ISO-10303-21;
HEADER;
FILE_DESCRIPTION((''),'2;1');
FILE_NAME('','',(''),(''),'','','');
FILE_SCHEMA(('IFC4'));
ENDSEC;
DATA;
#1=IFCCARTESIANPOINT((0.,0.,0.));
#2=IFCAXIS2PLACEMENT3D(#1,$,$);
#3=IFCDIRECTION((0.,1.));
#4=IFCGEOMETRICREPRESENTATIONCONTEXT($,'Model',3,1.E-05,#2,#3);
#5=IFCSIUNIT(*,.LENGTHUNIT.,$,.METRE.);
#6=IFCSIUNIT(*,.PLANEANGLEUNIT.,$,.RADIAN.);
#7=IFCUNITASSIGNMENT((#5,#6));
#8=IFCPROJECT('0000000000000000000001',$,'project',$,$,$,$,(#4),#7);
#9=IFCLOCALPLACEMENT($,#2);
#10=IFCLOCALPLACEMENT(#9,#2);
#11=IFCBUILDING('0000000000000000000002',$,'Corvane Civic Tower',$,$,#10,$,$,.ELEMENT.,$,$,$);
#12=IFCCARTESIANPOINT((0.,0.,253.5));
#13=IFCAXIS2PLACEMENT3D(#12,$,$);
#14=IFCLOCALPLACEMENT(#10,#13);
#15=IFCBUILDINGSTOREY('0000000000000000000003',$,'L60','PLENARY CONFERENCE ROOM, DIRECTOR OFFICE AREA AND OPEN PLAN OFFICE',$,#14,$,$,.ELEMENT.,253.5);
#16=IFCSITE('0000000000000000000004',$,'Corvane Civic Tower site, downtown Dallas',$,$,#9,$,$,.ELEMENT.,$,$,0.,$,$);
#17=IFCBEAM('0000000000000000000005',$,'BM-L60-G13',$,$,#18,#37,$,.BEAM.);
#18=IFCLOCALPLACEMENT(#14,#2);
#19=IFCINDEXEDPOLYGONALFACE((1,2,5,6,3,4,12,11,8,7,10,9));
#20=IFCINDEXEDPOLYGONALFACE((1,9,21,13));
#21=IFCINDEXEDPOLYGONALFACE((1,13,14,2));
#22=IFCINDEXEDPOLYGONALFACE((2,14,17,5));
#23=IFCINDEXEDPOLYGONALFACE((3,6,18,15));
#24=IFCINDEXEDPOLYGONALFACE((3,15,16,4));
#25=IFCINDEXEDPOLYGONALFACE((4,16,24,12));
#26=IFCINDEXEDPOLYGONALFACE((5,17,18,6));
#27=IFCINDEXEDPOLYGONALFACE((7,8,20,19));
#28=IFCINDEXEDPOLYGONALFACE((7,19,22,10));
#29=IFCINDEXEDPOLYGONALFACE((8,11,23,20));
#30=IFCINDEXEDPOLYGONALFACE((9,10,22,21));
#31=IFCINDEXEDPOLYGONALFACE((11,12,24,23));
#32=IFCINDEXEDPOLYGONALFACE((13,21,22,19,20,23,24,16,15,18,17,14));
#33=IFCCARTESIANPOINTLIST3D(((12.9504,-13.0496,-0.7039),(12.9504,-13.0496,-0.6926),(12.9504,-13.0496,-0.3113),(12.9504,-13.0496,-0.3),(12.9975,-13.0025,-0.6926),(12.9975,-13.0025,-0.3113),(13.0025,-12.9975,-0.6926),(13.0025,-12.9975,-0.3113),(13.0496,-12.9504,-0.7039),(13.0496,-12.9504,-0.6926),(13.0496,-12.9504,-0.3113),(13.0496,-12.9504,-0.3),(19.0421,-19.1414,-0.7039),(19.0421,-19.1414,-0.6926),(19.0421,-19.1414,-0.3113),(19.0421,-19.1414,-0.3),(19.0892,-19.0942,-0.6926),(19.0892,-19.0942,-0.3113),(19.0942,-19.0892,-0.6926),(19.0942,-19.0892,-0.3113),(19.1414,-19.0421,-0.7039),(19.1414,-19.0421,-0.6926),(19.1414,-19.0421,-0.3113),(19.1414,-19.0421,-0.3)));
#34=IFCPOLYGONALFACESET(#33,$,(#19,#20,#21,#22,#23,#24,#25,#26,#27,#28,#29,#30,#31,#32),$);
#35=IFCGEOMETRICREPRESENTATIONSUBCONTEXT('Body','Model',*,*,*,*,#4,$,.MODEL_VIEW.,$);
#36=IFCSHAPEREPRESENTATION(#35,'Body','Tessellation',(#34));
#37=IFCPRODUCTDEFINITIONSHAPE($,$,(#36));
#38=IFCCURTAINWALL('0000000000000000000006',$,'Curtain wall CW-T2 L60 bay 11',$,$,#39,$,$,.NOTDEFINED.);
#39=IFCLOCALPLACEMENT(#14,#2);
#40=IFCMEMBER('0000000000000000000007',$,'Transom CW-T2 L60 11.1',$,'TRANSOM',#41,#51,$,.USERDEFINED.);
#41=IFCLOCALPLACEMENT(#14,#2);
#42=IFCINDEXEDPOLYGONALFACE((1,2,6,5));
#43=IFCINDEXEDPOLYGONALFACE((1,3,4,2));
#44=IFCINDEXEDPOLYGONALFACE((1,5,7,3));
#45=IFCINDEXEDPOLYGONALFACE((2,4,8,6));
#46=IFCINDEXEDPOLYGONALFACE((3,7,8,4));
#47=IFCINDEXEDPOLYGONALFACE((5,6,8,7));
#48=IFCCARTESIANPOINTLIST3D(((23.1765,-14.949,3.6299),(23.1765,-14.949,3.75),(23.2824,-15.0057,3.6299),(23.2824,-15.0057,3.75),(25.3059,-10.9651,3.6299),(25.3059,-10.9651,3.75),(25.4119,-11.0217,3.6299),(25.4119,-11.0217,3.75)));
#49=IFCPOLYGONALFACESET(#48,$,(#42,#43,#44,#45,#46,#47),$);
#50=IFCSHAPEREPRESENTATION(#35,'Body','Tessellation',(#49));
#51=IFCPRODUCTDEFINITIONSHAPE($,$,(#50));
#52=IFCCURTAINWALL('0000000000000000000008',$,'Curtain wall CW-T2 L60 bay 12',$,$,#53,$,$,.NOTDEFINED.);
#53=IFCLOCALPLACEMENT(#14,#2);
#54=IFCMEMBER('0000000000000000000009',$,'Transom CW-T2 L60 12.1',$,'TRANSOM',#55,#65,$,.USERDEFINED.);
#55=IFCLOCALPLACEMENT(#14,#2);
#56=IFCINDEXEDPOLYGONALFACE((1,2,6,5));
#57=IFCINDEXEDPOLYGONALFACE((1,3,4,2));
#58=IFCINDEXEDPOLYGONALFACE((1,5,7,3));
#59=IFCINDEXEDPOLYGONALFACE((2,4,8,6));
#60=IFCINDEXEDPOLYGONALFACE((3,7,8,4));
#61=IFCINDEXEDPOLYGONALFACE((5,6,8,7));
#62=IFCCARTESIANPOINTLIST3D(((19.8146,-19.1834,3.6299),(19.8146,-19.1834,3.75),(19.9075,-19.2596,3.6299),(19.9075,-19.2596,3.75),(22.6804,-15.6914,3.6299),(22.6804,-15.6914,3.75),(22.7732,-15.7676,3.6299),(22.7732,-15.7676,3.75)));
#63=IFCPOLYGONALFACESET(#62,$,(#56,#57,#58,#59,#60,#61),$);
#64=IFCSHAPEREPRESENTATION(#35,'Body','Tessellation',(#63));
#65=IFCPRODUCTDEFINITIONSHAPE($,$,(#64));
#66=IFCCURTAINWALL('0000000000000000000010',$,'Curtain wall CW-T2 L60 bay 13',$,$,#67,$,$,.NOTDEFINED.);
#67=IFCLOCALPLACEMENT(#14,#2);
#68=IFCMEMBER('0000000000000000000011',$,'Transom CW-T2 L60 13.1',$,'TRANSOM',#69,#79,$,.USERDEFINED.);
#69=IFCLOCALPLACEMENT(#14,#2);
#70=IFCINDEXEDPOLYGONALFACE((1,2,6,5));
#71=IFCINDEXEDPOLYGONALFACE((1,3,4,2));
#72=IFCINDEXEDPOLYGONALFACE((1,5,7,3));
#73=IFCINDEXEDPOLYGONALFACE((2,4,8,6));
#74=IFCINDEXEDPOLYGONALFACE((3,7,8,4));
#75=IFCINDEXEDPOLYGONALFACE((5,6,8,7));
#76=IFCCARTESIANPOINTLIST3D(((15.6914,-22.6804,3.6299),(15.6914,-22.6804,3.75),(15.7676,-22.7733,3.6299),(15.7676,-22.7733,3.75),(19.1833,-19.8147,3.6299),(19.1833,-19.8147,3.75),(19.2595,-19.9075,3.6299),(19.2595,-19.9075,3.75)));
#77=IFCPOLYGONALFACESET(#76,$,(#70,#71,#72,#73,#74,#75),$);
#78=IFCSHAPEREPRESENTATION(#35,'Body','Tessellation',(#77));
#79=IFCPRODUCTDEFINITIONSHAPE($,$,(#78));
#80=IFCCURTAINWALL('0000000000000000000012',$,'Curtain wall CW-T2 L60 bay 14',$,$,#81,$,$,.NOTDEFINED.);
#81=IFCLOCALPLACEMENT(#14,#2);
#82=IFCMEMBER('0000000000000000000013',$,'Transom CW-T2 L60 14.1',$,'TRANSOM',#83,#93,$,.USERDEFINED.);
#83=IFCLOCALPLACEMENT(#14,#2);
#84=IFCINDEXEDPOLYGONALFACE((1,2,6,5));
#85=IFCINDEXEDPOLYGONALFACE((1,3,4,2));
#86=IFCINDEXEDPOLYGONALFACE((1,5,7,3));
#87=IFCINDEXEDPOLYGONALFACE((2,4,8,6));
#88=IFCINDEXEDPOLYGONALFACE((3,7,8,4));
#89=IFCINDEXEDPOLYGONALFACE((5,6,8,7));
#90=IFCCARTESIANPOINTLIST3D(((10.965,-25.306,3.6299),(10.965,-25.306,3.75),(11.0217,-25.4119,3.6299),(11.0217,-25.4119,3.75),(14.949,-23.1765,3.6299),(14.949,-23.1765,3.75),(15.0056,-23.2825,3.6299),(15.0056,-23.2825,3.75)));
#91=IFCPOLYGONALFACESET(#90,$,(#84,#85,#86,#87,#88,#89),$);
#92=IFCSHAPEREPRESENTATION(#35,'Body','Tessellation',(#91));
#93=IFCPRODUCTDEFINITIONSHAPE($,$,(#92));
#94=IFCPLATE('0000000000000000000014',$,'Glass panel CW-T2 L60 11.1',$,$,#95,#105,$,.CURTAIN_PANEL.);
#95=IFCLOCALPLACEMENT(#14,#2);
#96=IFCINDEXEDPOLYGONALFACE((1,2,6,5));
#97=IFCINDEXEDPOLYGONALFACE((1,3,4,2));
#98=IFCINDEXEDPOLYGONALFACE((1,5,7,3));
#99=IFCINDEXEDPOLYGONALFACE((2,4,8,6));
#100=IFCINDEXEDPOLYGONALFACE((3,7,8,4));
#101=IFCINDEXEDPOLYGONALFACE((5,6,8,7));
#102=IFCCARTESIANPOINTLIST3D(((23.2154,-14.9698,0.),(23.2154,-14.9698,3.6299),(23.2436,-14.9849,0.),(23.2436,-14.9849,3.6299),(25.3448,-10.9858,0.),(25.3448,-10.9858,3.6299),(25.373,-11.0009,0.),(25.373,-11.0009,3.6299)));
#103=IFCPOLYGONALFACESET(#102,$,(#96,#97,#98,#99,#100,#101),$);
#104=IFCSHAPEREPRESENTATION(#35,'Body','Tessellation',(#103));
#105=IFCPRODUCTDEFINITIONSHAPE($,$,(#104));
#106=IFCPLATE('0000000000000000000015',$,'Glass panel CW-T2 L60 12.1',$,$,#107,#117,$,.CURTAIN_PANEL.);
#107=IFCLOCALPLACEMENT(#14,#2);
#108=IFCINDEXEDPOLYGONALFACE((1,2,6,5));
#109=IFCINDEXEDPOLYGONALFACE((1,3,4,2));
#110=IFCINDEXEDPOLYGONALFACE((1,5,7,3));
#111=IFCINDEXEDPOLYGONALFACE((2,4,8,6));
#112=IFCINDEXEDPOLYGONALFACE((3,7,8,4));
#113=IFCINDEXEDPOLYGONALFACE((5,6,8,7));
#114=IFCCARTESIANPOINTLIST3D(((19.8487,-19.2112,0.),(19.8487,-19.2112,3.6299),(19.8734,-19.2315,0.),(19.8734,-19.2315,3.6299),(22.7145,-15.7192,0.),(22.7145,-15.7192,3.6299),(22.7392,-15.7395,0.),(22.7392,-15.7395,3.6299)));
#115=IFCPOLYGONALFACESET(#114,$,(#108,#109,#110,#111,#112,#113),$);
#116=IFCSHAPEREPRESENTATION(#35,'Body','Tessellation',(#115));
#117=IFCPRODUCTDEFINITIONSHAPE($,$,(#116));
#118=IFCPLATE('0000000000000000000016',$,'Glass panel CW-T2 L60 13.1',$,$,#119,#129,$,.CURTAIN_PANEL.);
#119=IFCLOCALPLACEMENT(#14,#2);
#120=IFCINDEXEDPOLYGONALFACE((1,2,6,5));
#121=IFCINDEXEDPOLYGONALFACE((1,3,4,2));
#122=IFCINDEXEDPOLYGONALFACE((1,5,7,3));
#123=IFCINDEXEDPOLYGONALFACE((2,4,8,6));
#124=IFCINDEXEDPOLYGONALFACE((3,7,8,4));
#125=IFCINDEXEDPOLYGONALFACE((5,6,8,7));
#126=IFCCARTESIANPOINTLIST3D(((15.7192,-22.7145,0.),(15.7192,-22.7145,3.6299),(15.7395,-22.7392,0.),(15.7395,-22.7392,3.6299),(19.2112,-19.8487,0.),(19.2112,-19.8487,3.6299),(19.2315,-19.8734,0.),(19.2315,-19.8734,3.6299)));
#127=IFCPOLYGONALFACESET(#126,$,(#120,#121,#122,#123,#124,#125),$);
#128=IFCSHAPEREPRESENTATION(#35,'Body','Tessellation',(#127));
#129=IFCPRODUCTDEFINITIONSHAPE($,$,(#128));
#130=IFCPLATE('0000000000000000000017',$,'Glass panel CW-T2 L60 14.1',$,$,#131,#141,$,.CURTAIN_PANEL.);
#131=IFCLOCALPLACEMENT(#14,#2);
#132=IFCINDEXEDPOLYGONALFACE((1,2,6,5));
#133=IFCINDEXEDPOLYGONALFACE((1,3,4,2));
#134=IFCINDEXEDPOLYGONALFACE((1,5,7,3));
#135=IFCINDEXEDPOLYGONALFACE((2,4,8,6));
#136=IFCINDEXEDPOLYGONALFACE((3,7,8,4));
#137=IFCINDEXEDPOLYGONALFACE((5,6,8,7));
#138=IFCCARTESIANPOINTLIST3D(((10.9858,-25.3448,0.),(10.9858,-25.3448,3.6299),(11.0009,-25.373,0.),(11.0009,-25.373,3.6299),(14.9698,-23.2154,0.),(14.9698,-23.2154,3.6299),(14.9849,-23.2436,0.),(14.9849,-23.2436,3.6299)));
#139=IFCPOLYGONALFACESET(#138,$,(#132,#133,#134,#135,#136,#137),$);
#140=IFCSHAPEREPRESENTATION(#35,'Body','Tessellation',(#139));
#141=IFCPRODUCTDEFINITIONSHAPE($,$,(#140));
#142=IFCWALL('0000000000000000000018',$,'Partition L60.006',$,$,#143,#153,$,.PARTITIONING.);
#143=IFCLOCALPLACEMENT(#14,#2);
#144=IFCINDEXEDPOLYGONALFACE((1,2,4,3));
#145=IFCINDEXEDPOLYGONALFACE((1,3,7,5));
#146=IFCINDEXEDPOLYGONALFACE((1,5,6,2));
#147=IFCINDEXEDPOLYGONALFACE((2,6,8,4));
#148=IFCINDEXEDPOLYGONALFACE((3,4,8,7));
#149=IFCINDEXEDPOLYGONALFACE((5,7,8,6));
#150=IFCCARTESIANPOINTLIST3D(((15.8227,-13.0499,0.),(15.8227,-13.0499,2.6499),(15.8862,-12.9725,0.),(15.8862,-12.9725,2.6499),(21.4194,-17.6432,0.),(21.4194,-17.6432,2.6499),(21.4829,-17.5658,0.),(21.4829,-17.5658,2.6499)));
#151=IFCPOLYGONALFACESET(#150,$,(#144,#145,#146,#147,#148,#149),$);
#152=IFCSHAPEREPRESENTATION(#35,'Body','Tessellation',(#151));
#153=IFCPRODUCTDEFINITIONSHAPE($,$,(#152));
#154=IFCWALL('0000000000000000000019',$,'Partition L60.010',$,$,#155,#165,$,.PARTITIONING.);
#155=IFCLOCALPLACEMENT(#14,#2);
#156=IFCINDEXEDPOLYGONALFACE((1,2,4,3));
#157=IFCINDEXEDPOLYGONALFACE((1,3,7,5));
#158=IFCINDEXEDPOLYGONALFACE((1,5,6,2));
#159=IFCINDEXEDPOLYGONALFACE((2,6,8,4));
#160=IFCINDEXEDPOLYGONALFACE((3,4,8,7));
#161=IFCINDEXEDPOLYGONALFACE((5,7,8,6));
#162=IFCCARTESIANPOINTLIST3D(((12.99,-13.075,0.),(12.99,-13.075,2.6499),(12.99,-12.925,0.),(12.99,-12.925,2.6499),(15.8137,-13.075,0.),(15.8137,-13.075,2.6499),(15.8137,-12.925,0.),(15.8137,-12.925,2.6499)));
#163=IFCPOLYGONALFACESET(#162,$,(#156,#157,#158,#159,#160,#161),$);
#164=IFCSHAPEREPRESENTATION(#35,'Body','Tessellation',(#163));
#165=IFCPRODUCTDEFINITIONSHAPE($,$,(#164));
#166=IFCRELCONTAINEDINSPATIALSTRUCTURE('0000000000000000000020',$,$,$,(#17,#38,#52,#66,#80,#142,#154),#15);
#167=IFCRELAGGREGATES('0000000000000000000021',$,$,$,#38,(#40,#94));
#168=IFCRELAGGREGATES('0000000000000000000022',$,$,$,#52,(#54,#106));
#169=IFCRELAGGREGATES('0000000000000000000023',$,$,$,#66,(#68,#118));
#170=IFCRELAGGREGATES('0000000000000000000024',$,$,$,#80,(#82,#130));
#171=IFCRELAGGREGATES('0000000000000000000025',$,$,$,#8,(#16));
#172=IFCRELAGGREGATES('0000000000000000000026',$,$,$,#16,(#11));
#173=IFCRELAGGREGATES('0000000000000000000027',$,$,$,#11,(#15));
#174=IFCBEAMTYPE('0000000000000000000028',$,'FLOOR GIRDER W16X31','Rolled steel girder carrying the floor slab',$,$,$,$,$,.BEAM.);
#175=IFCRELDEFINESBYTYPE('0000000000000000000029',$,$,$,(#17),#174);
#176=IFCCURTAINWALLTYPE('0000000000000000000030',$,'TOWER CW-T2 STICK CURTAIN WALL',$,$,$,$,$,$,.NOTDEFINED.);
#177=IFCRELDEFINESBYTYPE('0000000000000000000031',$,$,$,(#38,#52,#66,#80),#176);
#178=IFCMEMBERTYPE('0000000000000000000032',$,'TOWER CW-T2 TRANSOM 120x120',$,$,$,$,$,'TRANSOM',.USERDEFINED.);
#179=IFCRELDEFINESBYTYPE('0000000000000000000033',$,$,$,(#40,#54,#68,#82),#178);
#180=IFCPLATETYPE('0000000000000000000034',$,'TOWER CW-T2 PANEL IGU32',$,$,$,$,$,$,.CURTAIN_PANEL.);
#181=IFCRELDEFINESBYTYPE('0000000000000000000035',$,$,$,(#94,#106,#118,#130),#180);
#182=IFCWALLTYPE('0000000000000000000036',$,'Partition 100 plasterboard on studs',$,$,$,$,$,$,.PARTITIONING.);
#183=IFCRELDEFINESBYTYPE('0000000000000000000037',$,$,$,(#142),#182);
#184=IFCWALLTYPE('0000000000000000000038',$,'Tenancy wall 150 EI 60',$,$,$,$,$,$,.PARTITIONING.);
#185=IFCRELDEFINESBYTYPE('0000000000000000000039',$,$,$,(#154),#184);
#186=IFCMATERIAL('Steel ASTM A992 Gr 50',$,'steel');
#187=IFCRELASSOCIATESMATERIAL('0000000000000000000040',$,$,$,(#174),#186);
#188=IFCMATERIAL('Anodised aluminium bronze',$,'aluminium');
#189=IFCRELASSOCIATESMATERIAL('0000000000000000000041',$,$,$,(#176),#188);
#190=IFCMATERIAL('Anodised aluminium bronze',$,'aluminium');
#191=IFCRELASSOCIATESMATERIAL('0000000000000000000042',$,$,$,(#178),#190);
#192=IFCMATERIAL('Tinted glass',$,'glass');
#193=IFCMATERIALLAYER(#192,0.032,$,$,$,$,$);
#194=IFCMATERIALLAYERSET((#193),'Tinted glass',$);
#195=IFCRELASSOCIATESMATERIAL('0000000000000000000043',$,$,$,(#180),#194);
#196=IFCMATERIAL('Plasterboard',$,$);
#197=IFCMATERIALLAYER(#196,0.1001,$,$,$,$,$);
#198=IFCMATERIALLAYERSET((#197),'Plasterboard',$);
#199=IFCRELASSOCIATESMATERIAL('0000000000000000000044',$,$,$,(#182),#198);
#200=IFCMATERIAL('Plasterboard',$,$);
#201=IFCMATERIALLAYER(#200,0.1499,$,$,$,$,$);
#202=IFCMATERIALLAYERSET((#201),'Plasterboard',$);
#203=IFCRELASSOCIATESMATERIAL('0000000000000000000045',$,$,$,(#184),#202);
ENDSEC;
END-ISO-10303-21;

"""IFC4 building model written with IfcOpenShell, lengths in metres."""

from ifc_helpers import new_model, si_unit, direction, frame, frame_2d, origin, origin_2d, place, context, subcontext, project, spatial, rectangle, i_section, extrude, material, layer, layer_set, material_profile, profile_set, type_object, element, aggregate, save


model = new_model("IFC4")

# Units and contexts
model_context = context("Model", 3, precision=1e-05, world=origin(), true_north=direction((0.0, 1.0)))
body_context = subcontext(model_context, "Body", "Model", "MODEL_VIEW")
ifc_project = project(units=[si_unit("LENGTHUNIT", "METRE"), si_unit("PLANEANGLEUNIT", "RADIAN")], contexts=[model_context])

# Site, building, storey
site_placement = place(None, origin())
site = spatial("IfcSite", under=ifc_project, at=site_placement, Name="Corvane Civic Tower site, downtown Dallas", CompositionType="ELEMENT", RefElevation=0.0)
building_placement = place(site_placement, origin())
building = spatial("IfcBuilding", under=site, at=building_placement, Name="Corvane Civic Tower", CompositionType="ELEMENT")
storey_placement = place(building_placement, frame((0.0, 0.0, 253.5)))
storey = spatial("IfcBuildingStorey", under=building, at=storey_placement, Name="L60", Description="PLENARY CONFERENCE ROOM, DIRECTOR OFFICE AREA AND OPEN PLAN OFFICE", CompositionType="ELEMENT", Elevation=253.5)

# Beam
ifc_material_1 = material(Name="Steel ASTM A992 Gr 50", Category="steel")
ifc_material_profile_1 = material_profile(ifc_material_1, i_section(OverallWidth=0.1404, OverallDepth=0.4038, WebThickness=0.0071, FlangeThickness=0.0112, at=origin_2d()), Name="W16X31")
ifc_profile_set_1 = profile_set([ifc_material_profile_1], Name="Steel ASTM A992 Gr 50")
beam_type_1 = type_object("IfcBeamType", Name="FLOOR GIRDER W16X31", Description="Rolled steel girder carrying the floor slab", PredefinedType="BEAM", material=ifc_profile_set_1)
beam_placement = place(storey_placement, frame((13.0, -13.0, -0.502), z_axis=(0.707107, -0.707107, 0.0), x_axis=(0.707107, 0.707107, 0.0)))
element("IfcBeam", 1, at=beam_placement, inside=storey, type_object=beam_type_1, Name="BM-L60-G13", PredefinedType="BEAM", context=body_context, shape_type="SweptSolid", body=[
    extrude(i_section(OverallWidth=0.1404, OverallDepth=0.4038, WebThickness=0.0071, FlangeThickness=0.0112, at=origin_2d()), origin(), (0.0, 0.0, 1.0), 8.615),
])

# Curtain walls, members
ifc_material_2 = material(Name="Anodised aluminium bronze", Category="aluminium")
curtain_wall_type = type_object("IfcCurtainWallType", Name="TOWER CW-T2 STICK CURTAIN WALL", PredefinedType="NOTDEFINED", material=ifc_material_2)
curtain_wall_1_placement = place(storey_placement, origin())
curtain_wall_1 = element("IfcCurtainWall", 2, at=curtain_wall_1_placement, inside=storey, type_object=curtain_wall_type, Name="Curtain wall CW-T2 L60 bay 11", PredefinedType="NOTDEFINED")
ifc_material_3 = material(Name="Anodised aluminium bronze", Category="aluminium")
ifc_material_profile_2 = material_profile(ifc_material_3, rectangle(XDim=0.1201, YDim=0.1201, at=origin_2d()), Name="TOWER CW-T2 TRANSOM 120x120")
ifc_profile_set_2 = profile_set([ifc_material_profile_2], Name="Anodised aluminium bronze")
member_type = type_object("IfcMemberType", Name="TOWER CW-T2 TRANSOM 120x120", ElementType="TRANSOM", PredefinedType="USERDEFINED", material=ifc_profile_set_2)
member_1_placement = place(storey_placement, frame((25.3589, -10.9934, 3.6899), z_axis=(-0.47139, -0.881925, 0.0), x_axis=(0.881925, -0.47139, 0.0)))
member_1 = element("IfcMember", 3, at=member_1_placement, type_object=member_type, Name="Transom CW-T2 L60 11.1", ObjectType="TRANSOM", PredefinedType="USERDEFINED", context=body_context, shape_type="SweptSolid", body=[
    extrude(rectangle(XDim=0.1201, YDim=0.1201, at=origin_2d()), origin(), (0.0, 0.0, 1.0), 4.5173),
])
curtain_wall_2_placement = place(storey_placement, origin())
curtain_wall_2 = element("IfcCurtainWall", 4, at=curtain_wall_2_placement, inside=storey, type_object=curtain_wall_type, Name="Curtain wall CW-T2 L60 bay 12", PredefinedType="NOTDEFINED")
member_2_placement = place(storey_placement, frame((22.7268, -15.7295, 3.6899), z_axis=(-0.634388, -0.773015, 0.0), x_axis=(0.773015, -0.634388, 0.0)))
member_2 = element("IfcMember", 5, at=member_2_placement, type_object=member_type, Name="Transom CW-T2 L60 12.1", ObjectType="TRANSOM", PredefinedType="USERDEFINED", context=body_context, shape_type="SweptSolid", body=[
    extrude(rectangle(XDim=0.1201, YDim=0.1201, at=origin_2d()), origin(), (0.0, 0.0, 1.0), 4.5173),
])
curtain_wall_3_placement = place(storey_placement, origin())
curtain_wall_3 = element("IfcCurtainWall", 6, at=curtain_wall_3_placement, inside=storey, type_object=curtain_wall_type, Name="Curtain wall CW-T2 L60 bay 13", PredefinedType="NOTDEFINED")
member_3_placement = place(storey_placement, frame((19.2214, -19.8611, 3.6899), z_axis=(-0.773015, -0.634388, 0.0), x_axis=(0.634388, -0.773015, 0.0)))
member_3 = element("IfcMember", 7, at=member_3_placement, type_object=member_type, Name="Transom CW-T2 L60 13.1", ObjectType="TRANSOM", PredefinedType="USERDEFINED", context=body_context, shape_type="SweptSolid", body=[
    extrude(rectangle(XDim=0.1201, YDim=0.1201, at=origin_2d()), origin(), (0.0, 0.0, 1.0), 4.5173),
])
curtain_wall_4_placement = place(storey_placement, origin())
curtain_wall_4 = element("IfcCurtainWall", 8, at=curtain_wall_4_placement, inside=storey, type_object=curtain_wall_type, Name="Curtain wall CW-T2 L60 bay 14", PredefinedType="NOTDEFINED")
member_4_placement = place(storey_placement, frame((14.9773, -23.2295, 3.6899), z_axis=(-0.881925, -0.47139, 0.0), x_axis=(0.47139, -0.881925, 0.0)))
member_4 = element("IfcMember", 9, at=member_4_placement, type_object=member_type, Name="Transom CW-T2 L60 14.1", ObjectType="TRANSOM", PredefinedType="USERDEFINED", context=body_context, shape_type="SweptSolid", body=[
    extrude(rectangle(XDim=0.1201, YDim=0.1201, at=origin_2d()), origin(), (0.0, 0.0, 1.0), 4.5173),
])

# Plates
ifc_material_4 = material(Name="Tinted glass", Category="glass")
ifc_layer_1 = layer(ifc_material_4, 0.032)
ifc_layer_set_1 = layer_set([ifc_layer_1], Name="Tinted glass")
plate_type = type_object("IfcPlateType", Name="TOWER CW-T2 PANEL IGU32", PredefinedType="CURTAIN_PANEL", material=ifc_layer_set_1)
plate_1_placement = place(storey_placement, frame((24.2942, -12.9854, 0.0), z_axis=(0.0, 0.0, 1.0), x_axis=(-0.471398, -0.88192, 0.0)))
plate_1 = element("IfcPlate", 10, at=plate_1_placement, type_object=plate_type, Name="Glass panel CW-T2 L60 11.1", PredefinedType="CURTAIN_PANEL", context=body_context, shape_type="SweptSolid", body=[
    extrude(rectangle(XDim=4.5173, YDim=0.032, at=origin_2d()), origin(), (0.0, 0.0, 1.0), 3.6299),
])
aggregate(curtain_wall_1, [member_1, plate_1])
plate_2_placement = place(storey_placement, frame((21.2939, -17.4753, 0.0), z_axis=(0.0, 0.0, 1.0), x_axis=(-0.634391, -0.773012, 0.0)))
plate_2 = element("IfcPlate", 11, at=plate_2_placement, type_object=plate_type, Name="Glass panel CW-T2 L60 12.1", PredefinedType="CURTAIN_PANEL", context=body_context, shape_type="SweptSolid", body=[
    extrude(rectangle(XDim=4.5173, YDim=0.032, at=origin_2d()), origin(), (0.0, 0.0, 1.0), 3.6299),
])
aggregate(curtain_wall_2, [member_2, plate_2])
plate_3_placement = place(storey_placement, frame((17.4753, -21.2939, 0.0), z_axis=(0.0, 0.0, 1.0), x_axis=(-0.773012, -0.634391, 0.0)))
plate_3 = element("IfcPlate", 12, at=plate_3_placement, type_object=plate_type, Name="Glass panel CW-T2 L60 13.1", PredefinedType="CURTAIN_PANEL", context=body_context, shape_type="SweptSolid", body=[
    extrude(rectangle(XDim=4.5173, YDim=0.032, at=origin_2d()), origin(), (0.0, 0.0, 1.0), 3.6299),
])
aggregate(curtain_wall_3, [member_3, plate_3])
plate_4_placement = place(storey_placement, frame((12.9854, -24.2942, 0.0), z_axis=(0.0, 0.0, 1.0), x_axis=(-0.88192, -0.471398, 0.0)))
plate_4 = element("IfcPlate", 13, at=plate_4_placement, type_object=plate_type, Name="Glass panel CW-T2 L60 14.1", PredefinedType="CURTAIN_PANEL", context=body_context, shape_type="SweptSolid", body=[
    extrude(rectangle(XDim=4.5173, YDim=0.032, at=origin_2d()), origin(), (0.0, 0.0, 1.0), 3.6299),
])
aggregate(curtain_wall_4, [member_4, plate_4])

# Walls
ifc_material_5 = material(Name="Plasterboard")
ifc_layer_2 = layer(ifc_material_5, 0.1001)
ifc_layer_set_2 = layer_set([ifc_layer_2], Name="Plasterboard")
wall_type_1 = type_object("IfcWallType", Name="Partition 100 plasterboard on studs", PredefinedType="PARTITIONING", material=ifc_layer_set_2)
wall_1_placement = place(storey_placement, frame((15.8545, -13.0112, 0.0), z_axis=(0.0, 0.0, 1.0), x_axis=(0.772998, -0.634409, 0.0)))
element("IfcWall", 14, at=wall_1_placement, inside=storey, type_object=wall_type_1, Name="Partition L60.006", PredefinedType="PARTITIONING", context=body_context, shape_type="SweptSolid", body=[
    extrude(rectangle(XDim=7.2402, YDim=0.1001, at=frame_2d((3.6201, 0.0))), origin(), (0.0, 0.0, 1.0), 2.6499),
])
ifc_material_6 = material(Name="Plasterboard")
ifc_layer_3 = layer(ifc_material_6, 0.1499)
ifc_layer_set_3 = layer_set([ifc_layer_3], Name="Plasterboard")
wall_type_2 = type_object("IfcWallType", Name="Tenancy wall 150 EI 60", PredefinedType="PARTITIONING", material=ifc_layer_set_3)
wall_2_placement = place(storey_placement, frame((12.99, -13.0, 0.0), z_axis=(0.0, 0.0, 1.0), x_axis=(1.0, 0.0, 0.0)))
element("IfcWall", 15, at=wall_2_placement, inside=storey, type_object=wall_type_2, Name="Partition L60.010", PredefinedType="PARTITIONING", context=body_context, shape_type="SweptSolid", body=[
    extrude(rectangle(XDim=2.8237, YDim=0.1499, at=frame_2d((1.4119, 0.0))), origin(), (0.0, 0.0, 1.0), 2.6499),
])

save(model, "model.ifc")
